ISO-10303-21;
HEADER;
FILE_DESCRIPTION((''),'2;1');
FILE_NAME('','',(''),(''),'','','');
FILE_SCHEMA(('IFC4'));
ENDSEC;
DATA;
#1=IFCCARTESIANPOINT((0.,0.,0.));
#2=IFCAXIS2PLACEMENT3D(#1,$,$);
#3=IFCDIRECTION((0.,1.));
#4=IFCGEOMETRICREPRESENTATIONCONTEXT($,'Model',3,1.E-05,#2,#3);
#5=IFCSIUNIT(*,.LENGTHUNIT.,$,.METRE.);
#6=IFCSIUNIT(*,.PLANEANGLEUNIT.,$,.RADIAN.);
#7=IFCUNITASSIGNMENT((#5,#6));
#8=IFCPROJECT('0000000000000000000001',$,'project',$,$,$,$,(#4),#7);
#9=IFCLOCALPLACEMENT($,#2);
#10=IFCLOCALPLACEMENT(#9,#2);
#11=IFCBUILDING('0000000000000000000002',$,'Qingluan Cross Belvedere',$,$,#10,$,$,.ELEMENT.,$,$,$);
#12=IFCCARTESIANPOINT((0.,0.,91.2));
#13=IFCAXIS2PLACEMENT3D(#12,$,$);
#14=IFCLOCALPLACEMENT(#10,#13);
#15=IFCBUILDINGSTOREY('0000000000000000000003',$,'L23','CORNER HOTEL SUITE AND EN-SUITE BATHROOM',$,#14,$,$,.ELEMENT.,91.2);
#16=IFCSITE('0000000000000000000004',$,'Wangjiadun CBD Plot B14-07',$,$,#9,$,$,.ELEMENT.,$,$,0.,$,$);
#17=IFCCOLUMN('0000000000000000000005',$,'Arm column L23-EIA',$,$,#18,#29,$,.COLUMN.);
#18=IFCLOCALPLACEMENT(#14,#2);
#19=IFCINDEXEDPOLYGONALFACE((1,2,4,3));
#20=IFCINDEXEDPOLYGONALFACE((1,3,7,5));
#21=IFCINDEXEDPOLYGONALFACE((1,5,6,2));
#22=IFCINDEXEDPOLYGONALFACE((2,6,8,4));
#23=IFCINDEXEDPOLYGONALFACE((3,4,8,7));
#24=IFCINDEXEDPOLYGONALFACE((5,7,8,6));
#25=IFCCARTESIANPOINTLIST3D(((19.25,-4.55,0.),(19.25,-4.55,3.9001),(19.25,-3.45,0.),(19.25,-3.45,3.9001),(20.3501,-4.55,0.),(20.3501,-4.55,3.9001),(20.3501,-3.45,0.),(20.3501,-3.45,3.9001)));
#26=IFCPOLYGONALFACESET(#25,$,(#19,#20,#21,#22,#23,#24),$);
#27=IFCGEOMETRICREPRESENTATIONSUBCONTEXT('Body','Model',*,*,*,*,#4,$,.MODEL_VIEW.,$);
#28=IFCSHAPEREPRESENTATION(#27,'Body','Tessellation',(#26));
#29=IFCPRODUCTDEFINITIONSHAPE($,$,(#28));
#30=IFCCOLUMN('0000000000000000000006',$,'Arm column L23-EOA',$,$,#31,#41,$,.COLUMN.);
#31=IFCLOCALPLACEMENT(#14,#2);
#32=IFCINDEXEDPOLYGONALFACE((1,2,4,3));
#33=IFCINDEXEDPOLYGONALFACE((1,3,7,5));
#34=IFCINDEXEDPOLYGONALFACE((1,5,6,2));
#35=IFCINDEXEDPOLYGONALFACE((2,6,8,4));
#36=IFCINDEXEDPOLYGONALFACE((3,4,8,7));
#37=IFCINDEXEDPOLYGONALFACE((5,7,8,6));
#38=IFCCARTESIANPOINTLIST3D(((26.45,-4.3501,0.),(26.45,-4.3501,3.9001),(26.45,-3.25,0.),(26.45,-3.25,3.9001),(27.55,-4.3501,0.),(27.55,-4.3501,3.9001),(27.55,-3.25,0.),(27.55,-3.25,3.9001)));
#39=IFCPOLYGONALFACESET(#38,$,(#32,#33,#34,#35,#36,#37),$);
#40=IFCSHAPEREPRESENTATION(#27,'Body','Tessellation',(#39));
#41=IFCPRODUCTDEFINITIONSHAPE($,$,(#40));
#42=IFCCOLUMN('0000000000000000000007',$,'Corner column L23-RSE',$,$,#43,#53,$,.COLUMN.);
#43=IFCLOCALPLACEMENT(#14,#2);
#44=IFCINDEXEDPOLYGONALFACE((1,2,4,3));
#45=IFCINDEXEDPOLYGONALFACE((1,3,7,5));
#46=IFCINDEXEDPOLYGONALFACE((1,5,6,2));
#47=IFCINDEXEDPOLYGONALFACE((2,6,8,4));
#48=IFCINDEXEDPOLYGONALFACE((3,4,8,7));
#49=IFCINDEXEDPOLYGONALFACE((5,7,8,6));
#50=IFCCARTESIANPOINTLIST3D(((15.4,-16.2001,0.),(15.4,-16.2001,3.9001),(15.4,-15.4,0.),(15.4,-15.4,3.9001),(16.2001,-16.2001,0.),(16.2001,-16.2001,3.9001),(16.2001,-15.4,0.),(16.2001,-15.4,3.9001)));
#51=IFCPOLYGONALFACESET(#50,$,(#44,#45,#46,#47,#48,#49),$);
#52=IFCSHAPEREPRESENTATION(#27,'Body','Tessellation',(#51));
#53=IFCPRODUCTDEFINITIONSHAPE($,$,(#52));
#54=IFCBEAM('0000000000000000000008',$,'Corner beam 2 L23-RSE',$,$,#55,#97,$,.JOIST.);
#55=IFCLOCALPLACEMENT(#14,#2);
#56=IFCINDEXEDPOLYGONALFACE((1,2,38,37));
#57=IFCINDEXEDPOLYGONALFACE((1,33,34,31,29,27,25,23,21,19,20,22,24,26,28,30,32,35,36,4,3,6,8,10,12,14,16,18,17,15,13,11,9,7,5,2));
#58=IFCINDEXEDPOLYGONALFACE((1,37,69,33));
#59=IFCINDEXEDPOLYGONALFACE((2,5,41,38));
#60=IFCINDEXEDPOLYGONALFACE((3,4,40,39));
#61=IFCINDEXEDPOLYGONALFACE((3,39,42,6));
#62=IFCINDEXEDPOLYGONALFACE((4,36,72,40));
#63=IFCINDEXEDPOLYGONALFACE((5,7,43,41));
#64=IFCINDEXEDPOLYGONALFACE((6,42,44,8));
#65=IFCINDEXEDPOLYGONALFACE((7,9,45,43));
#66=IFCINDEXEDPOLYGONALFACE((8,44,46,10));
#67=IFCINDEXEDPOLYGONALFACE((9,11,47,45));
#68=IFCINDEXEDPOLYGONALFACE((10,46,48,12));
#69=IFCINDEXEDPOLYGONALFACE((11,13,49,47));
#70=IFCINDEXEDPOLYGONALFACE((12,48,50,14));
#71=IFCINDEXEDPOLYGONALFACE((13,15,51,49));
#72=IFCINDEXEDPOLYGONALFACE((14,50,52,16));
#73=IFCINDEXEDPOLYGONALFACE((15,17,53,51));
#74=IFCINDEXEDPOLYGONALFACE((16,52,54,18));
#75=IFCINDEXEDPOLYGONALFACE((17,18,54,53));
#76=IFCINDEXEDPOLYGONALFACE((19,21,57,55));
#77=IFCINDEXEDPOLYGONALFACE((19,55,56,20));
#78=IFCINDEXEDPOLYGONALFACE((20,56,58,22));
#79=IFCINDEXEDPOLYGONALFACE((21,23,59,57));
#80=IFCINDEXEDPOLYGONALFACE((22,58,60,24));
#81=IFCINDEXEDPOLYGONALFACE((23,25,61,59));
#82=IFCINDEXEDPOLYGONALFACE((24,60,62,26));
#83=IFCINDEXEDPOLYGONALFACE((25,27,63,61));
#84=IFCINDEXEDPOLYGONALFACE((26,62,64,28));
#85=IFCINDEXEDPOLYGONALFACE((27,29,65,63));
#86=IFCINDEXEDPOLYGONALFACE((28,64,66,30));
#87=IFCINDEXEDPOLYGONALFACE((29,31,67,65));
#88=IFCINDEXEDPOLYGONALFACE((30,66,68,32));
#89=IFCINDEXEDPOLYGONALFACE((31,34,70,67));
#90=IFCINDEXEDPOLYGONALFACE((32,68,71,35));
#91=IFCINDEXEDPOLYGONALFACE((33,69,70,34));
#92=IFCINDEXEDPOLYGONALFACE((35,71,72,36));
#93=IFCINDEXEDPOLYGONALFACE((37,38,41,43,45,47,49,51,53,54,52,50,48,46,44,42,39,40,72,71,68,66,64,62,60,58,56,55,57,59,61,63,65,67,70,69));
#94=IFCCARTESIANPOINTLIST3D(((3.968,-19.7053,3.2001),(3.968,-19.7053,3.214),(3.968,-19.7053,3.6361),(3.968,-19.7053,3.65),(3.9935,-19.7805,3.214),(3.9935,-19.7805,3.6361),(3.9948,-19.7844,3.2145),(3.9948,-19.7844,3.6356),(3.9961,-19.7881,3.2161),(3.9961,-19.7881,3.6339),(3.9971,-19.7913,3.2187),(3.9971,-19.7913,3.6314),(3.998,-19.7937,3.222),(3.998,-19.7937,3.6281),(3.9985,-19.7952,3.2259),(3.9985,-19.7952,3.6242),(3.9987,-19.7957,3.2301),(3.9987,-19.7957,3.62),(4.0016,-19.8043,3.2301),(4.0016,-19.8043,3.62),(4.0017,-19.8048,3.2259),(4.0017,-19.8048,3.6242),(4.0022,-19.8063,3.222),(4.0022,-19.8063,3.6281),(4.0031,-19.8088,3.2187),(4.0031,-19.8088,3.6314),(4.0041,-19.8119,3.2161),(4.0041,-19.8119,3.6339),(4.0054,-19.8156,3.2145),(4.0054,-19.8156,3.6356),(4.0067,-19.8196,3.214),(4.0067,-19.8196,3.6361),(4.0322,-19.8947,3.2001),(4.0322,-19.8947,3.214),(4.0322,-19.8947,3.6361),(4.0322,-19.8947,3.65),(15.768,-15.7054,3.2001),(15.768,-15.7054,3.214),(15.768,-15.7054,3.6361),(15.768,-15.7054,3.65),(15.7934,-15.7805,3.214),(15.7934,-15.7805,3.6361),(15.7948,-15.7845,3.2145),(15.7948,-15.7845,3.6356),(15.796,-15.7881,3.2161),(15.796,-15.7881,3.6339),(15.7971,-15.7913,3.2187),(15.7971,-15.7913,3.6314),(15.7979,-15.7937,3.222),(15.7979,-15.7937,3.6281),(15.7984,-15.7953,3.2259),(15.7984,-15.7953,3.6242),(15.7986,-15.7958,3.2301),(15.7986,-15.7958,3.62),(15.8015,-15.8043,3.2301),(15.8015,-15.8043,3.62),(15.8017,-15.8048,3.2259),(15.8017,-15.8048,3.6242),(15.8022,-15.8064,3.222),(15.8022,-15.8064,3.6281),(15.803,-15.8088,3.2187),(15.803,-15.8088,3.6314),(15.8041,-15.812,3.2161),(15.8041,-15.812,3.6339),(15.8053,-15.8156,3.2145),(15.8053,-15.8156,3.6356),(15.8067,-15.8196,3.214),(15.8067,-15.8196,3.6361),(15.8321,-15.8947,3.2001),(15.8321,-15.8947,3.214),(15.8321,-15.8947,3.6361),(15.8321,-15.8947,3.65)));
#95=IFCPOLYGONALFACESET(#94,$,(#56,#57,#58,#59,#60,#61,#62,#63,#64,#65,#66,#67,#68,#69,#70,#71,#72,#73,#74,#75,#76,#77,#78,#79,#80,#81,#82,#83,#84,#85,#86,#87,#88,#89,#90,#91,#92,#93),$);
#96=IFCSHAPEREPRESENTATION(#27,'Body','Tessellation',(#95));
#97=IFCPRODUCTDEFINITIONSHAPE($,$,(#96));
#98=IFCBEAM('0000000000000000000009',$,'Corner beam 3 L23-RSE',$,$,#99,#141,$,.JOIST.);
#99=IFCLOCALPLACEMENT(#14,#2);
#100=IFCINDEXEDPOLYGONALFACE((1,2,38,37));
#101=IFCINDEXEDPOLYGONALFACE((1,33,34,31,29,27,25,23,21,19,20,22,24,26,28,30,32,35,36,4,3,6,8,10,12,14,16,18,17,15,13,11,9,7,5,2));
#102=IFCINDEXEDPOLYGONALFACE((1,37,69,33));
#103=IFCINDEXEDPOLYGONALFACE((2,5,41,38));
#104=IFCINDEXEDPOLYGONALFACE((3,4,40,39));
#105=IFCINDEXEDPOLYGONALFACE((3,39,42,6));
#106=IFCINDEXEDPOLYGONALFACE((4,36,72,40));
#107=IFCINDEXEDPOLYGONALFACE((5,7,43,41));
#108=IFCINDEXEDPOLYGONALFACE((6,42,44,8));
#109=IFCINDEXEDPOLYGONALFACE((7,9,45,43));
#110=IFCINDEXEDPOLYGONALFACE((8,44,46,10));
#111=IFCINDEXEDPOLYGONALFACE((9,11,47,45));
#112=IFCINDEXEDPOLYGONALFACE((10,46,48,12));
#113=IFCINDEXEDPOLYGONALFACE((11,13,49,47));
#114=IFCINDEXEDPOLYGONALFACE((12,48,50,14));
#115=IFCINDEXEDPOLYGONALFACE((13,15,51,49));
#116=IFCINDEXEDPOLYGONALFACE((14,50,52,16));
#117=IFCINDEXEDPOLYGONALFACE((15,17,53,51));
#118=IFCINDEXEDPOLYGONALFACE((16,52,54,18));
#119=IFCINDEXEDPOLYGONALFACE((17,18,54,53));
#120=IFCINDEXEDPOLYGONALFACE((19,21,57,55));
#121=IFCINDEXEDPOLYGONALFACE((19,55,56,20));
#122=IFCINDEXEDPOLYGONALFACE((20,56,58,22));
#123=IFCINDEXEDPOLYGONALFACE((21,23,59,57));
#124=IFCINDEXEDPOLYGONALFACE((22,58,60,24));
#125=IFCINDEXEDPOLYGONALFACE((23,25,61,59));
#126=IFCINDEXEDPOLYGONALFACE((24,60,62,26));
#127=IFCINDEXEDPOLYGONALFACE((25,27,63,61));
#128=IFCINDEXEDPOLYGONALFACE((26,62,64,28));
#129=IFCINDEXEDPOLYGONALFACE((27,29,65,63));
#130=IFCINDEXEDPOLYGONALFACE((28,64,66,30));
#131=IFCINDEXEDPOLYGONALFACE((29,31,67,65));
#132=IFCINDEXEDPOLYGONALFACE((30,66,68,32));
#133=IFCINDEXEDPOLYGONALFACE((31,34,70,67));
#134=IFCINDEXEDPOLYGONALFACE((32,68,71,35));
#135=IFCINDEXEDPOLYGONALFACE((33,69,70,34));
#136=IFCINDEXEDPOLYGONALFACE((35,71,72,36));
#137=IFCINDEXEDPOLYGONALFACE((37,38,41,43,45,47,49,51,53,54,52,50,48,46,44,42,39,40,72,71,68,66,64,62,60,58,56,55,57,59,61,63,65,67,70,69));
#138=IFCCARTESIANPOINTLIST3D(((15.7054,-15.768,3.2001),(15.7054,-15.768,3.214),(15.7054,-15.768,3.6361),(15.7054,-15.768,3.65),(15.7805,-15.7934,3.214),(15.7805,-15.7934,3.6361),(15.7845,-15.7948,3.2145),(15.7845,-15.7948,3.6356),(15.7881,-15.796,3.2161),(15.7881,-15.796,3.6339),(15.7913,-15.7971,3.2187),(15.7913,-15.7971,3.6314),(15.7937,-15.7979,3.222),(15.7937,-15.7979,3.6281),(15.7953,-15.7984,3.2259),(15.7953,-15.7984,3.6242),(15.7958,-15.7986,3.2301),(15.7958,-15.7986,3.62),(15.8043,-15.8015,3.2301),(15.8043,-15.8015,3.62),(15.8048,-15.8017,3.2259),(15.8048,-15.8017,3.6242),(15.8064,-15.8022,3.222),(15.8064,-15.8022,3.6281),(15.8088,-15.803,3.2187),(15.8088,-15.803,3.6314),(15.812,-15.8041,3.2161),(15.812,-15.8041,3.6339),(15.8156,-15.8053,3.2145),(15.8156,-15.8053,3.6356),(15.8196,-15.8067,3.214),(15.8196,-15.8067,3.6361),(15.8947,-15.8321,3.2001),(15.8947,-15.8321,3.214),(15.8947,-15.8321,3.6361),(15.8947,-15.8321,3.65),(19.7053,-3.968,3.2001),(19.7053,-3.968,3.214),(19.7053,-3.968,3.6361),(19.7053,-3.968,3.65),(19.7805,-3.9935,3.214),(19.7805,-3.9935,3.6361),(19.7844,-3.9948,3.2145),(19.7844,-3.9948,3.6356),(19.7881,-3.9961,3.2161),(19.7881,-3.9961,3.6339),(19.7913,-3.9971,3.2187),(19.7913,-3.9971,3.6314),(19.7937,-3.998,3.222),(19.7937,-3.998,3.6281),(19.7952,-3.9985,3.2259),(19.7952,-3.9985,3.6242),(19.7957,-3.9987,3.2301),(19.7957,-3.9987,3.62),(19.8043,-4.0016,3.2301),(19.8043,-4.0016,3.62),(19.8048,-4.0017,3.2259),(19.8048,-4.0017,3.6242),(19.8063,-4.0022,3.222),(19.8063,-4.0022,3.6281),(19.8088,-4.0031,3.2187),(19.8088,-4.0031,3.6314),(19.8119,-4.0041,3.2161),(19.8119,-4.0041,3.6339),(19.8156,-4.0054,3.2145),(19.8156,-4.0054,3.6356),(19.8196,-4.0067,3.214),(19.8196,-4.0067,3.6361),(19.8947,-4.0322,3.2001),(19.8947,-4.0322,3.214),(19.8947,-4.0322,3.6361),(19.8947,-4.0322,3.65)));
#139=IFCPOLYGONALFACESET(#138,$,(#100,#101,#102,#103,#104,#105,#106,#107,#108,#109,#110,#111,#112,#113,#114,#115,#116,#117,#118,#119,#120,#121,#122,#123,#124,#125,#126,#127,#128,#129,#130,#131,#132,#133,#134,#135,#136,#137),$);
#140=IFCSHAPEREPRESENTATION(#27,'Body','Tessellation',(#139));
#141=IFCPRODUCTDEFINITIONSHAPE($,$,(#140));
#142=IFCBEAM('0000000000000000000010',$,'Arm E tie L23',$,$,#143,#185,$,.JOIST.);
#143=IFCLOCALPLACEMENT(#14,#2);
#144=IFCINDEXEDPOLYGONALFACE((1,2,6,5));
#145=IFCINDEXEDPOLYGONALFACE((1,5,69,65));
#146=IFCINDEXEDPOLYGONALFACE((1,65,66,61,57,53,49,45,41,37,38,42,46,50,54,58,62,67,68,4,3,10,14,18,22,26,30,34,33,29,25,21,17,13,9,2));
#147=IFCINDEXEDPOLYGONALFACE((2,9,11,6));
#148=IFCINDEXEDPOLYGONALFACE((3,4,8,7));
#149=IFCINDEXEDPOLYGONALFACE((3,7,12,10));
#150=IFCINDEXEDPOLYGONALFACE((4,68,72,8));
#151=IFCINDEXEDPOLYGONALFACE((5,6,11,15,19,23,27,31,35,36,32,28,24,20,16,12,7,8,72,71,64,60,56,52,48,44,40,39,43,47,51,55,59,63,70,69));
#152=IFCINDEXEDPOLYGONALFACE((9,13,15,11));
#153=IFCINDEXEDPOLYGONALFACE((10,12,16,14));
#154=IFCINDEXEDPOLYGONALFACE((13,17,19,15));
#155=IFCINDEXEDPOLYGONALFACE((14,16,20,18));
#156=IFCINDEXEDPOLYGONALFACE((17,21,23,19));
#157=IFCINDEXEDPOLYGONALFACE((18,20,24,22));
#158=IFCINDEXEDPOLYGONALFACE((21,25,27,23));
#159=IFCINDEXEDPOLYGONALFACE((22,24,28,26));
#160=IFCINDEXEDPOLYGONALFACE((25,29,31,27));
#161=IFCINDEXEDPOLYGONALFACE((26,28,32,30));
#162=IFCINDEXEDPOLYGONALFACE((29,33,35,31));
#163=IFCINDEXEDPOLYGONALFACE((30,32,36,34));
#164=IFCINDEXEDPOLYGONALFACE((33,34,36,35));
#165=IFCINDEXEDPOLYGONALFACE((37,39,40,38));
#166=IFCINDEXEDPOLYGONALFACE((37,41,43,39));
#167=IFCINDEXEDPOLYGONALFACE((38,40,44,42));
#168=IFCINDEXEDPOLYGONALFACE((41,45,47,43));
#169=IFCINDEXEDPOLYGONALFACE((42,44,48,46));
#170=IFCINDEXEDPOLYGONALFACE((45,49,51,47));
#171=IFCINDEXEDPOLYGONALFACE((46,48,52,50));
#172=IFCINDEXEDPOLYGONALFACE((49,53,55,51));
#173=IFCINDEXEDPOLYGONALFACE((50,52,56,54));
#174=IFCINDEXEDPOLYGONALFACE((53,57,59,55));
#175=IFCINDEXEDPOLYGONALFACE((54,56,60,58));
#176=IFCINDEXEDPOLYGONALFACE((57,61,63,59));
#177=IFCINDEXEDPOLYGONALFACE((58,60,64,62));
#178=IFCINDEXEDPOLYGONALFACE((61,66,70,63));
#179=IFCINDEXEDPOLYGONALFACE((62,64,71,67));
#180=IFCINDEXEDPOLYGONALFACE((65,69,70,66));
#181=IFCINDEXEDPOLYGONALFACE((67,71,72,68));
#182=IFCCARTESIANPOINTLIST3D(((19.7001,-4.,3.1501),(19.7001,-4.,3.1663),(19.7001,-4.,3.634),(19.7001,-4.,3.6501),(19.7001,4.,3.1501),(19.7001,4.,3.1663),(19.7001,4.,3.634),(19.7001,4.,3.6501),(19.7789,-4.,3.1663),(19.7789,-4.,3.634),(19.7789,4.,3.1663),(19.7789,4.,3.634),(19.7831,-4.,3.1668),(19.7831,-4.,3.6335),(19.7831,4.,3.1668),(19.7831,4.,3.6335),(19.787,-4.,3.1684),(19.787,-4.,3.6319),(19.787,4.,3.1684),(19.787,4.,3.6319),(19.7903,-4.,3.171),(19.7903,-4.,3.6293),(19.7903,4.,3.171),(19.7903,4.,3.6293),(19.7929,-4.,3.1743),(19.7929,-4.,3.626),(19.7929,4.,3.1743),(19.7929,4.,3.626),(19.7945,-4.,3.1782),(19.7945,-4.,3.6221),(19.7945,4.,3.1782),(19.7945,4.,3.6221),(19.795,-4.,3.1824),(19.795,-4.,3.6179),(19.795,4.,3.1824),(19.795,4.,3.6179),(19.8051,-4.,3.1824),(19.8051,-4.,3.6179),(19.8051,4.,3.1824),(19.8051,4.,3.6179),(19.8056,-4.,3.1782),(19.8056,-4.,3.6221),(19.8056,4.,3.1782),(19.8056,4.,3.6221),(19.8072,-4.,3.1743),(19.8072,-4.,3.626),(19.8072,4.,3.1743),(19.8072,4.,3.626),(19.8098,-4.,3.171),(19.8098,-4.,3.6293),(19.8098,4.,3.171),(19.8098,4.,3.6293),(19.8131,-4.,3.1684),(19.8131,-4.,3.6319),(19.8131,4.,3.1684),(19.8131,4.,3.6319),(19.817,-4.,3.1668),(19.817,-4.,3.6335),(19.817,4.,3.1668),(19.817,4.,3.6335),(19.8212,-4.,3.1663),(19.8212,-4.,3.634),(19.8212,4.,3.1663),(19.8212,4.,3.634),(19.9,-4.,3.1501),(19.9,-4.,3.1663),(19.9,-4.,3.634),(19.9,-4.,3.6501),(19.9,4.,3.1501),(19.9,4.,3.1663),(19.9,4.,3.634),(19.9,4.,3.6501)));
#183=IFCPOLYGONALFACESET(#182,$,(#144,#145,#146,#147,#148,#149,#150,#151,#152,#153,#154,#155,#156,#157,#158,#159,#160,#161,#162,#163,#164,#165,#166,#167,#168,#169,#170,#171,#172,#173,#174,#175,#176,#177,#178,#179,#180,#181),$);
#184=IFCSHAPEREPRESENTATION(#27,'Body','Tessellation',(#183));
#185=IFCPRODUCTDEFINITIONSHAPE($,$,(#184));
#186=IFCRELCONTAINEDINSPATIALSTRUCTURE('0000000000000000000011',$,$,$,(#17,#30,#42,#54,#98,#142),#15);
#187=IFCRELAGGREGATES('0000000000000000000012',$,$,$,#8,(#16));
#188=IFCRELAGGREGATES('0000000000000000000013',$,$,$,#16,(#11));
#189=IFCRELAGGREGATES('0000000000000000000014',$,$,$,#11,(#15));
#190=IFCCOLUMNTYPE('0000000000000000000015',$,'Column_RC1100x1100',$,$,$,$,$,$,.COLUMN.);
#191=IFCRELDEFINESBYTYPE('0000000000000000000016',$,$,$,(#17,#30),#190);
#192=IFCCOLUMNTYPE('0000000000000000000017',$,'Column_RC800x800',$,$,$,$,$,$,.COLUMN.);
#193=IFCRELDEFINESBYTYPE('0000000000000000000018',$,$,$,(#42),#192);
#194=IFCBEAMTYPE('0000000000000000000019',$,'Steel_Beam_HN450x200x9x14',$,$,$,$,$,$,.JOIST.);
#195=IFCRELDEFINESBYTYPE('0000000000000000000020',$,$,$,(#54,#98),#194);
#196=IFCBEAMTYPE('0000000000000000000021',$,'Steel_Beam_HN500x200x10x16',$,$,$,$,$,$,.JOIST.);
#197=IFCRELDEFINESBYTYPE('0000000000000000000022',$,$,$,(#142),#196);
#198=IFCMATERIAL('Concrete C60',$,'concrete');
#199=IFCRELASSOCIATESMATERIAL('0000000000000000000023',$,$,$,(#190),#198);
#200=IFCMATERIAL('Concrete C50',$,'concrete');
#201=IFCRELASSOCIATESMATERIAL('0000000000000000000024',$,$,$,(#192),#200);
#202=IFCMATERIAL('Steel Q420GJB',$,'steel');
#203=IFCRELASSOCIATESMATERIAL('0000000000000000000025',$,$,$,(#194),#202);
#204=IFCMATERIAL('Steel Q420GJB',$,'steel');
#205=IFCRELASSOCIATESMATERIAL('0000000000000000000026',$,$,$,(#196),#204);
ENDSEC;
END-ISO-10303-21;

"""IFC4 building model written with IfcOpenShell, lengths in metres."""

from ifc_helpers import new_model, si_unit, direction, frame, origin, origin_2d, place, context, subcontext, project, spatial, rectangle, i_section, extrude, material, material_profile, profile_set, type_object, element, save


model = new_model("IFC4")

# Units and contexts
model_context = context("Model", 3, precision=1e-05, world=origin(), true_north=direction((0.0, 1.0)))
body_context = subcontext(model_context, "Body", "Model", "MODEL_VIEW")
ifc_project = project(units=[si_unit("LENGTHUNIT", "METRE"), si_unit("PLANEANGLEUNIT", "RADIAN")], contexts=[model_context])

# Site, building, storey
site_placement = place(None, origin())
site = spatial("IfcSite", under=ifc_project, at=site_placement, Name="Wangjiadun CBD Plot B14-07", CompositionType="ELEMENT", RefElevation=0.0)
building_placement = place(site_placement, origin())
building = spatial("IfcBuilding", under=site, at=building_placement, Name="Qingluan Cross Belvedere", CompositionType="ELEMENT")
storey_placement = place(building_placement, frame((0.0, 0.0, 91.2)))
storey = spatial("IfcBuildingStorey", under=building, at=storey_placement, Name="L23", Description="CORNER HOTEL SUITE AND EN-SUITE BATHROOM", CompositionType="ELEMENT", Elevation=91.2)

# Columns
ifc_material_1 = material(Name="Concrete C60", Category="concrete")
ifc_material_profile_1 = material_profile(ifc_material_1, rectangle(XDim=1.1001, YDim=1.1001, at=origin_2d()), Name="RC1100x1100")
ifc_profile_set_1 = profile_set([ifc_material_profile_1], Name="Concrete C60")
column_type_1 = type_object("IfcColumnType", Name="Column_RC1100x1100", PredefinedType="COLUMN", material=ifc_profile_set_1)
for number, where, z_axis, x_axis, name in (
    (1, (19.8, -4.0, 0.0), (0.0, 0.0, 1.0), (1.0, 0.0, 0.0), "Arm column L23-EIA"),
    (2, (27.0, -3.8, 0.0), (0.0, 0.0, 1.0), (1.0, 0.0, 0.0), "Arm column L23-EOA"),
):
    element("IfcColumn", number, at=place(storey_placement, frame(where, z_axis=z_axis, x_axis=x_axis)), inside=storey, type_object=column_type_1, Name=name, PredefinedType="COLUMN", context=body_context, shape_type="SweptSolid", body=[
        extrude(rectangle(XDim=1.1001, YDim=1.1001, at=origin_2d()), origin(), (0.0, 0.0, 1.0), 3.9001),
    ])
ifc_material_2 = material(Name="Concrete C50", Category="concrete")
ifc_material_profile_2 = material_profile(ifc_material_2, rectangle(XDim=0.8, YDim=0.8, at=origin_2d()), Name="RC800x800")
ifc_profile_set_2 = profile_set([ifc_material_profile_2], Name="Concrete C50")
column_type_2 = type_object("IfcColumnType", Name="Column_RC800x800", PredefinedType="COLUMN", material=ifc_profile_set_2)
column_placement = place(storey_placement, frame((15.8, -15.8, 0.0), z_axis=(0.0, 0.0, 1.0), x_axis=(1.0, 0.0, 0.0)))
element("IfcColumn", 3, at=column_placement, inside=storey, type_object=column_type_2, Name="Corner column L23-RSE", PredefinedType="COLUMN", context=body_context, shape_type="SweptSolid", body=[
    extrude(rectangle(XDim=0.8, YDim=0.8, at=origin_2d()), origin(), (0.0, 0.0, 1.0), 3.9001),
])

# Beams
ifc_material_3 = material(Name="Steel Q420GJB", Category="steel")
ifc_material_profile_3 = material_profile(ifc_material_3, i_section(OverallWidth=0.2, OverallDepth=0.45, WebThickness=0.009, FlangeThickness=0.0139, FilletRadius=0.0161, at=origin_2d()), Name="HN450x200x9x14")
ifc_profile_set_3 = profile_set([ifc_material_profile_3], Name="Steel Q420GJB")
beam_type_1 = type_object("IfcBeamType", Name="Steel_Beam_HN450x200x9x14", PredefinedType="JOIST", material=ifc_profile_set_3)
for number, where, z_axis, x_axis, name in (
    (4, (15.8, -15.8, 3.425), (-0.947066, -0.321038, 0.0), (0.321038, -0.947066, 0.0), "Corner beam 2 L23-RSE"),
    (5, (15.8, -15.8, 3.425), (0.321038, 0.947066, 0.0), (-0.947066, 0.321038, 0.0), "Corner beam 3 L23-RSE"),
):
    element("IfcBeam", number, at=place(storey_placement, frame(where, z_axis=z_axis, x_axis=x_axis)), inside=storey, type_object=beam_type_1, Name=name, PredefinedType="JOIST", context=body_context, shape_type="SweptSolid", body=[
        extrude(i_section(OverallWidth=0.2, OverallDepth=0.45, WebThickness=0.009, FlangeThickness=0.0139, FilletRadius=0.0161, at=origin_2d()), origin(), (0.0, 0.0, 1.0), 12.4595),
    ])
ifc_material_4 = material(Name="Steel Q420GJB", Category="steel")
ifc_material_profile_4 = material_profile(ifc_material_4, i_section(OverallWidth=0.2, OverallDepth=0.5, WebThickness=0.01, FlangeThickness=0.0161, FilletRadius=0.0161, at=origin_2d()), Name="HN500x200x10x16")
ifc_profile_set_4 = profile_set([ifc_material_profile_4], Name="Steel Q420GJB")
beam_type_2 = type_object("IfcBeamType", Name="Steel_Beam_HN500x200x10x16", PredefinedType="JOIST", material=ifc_profile_set_4)
beam_1_placement = place(storey_placement, frame((19.8, -4.0, 3.4001), z_axis=(0.0, 1.0, 0.0), x_axis=(-1.0, 0.0, 0.0)))
element("IfcBeam", 6, at=beam_1_placement, inside=storey, type_object=beam_type_2, Name="Arm E tie L23", PredefinedType="JOIST", context=body_context, shape_type="SweptSolid", body=[
    extrude(i_section(OverallWidth=0.2, OverallDepth=0.5, WebThickness=0.01, FlangeThickness=0.0161, FilletRadius=0.0161, at=origin_2d()), origin(), (0.0, 0.0, 1.0), 8.0),
])

save(model, "model.ifc")
